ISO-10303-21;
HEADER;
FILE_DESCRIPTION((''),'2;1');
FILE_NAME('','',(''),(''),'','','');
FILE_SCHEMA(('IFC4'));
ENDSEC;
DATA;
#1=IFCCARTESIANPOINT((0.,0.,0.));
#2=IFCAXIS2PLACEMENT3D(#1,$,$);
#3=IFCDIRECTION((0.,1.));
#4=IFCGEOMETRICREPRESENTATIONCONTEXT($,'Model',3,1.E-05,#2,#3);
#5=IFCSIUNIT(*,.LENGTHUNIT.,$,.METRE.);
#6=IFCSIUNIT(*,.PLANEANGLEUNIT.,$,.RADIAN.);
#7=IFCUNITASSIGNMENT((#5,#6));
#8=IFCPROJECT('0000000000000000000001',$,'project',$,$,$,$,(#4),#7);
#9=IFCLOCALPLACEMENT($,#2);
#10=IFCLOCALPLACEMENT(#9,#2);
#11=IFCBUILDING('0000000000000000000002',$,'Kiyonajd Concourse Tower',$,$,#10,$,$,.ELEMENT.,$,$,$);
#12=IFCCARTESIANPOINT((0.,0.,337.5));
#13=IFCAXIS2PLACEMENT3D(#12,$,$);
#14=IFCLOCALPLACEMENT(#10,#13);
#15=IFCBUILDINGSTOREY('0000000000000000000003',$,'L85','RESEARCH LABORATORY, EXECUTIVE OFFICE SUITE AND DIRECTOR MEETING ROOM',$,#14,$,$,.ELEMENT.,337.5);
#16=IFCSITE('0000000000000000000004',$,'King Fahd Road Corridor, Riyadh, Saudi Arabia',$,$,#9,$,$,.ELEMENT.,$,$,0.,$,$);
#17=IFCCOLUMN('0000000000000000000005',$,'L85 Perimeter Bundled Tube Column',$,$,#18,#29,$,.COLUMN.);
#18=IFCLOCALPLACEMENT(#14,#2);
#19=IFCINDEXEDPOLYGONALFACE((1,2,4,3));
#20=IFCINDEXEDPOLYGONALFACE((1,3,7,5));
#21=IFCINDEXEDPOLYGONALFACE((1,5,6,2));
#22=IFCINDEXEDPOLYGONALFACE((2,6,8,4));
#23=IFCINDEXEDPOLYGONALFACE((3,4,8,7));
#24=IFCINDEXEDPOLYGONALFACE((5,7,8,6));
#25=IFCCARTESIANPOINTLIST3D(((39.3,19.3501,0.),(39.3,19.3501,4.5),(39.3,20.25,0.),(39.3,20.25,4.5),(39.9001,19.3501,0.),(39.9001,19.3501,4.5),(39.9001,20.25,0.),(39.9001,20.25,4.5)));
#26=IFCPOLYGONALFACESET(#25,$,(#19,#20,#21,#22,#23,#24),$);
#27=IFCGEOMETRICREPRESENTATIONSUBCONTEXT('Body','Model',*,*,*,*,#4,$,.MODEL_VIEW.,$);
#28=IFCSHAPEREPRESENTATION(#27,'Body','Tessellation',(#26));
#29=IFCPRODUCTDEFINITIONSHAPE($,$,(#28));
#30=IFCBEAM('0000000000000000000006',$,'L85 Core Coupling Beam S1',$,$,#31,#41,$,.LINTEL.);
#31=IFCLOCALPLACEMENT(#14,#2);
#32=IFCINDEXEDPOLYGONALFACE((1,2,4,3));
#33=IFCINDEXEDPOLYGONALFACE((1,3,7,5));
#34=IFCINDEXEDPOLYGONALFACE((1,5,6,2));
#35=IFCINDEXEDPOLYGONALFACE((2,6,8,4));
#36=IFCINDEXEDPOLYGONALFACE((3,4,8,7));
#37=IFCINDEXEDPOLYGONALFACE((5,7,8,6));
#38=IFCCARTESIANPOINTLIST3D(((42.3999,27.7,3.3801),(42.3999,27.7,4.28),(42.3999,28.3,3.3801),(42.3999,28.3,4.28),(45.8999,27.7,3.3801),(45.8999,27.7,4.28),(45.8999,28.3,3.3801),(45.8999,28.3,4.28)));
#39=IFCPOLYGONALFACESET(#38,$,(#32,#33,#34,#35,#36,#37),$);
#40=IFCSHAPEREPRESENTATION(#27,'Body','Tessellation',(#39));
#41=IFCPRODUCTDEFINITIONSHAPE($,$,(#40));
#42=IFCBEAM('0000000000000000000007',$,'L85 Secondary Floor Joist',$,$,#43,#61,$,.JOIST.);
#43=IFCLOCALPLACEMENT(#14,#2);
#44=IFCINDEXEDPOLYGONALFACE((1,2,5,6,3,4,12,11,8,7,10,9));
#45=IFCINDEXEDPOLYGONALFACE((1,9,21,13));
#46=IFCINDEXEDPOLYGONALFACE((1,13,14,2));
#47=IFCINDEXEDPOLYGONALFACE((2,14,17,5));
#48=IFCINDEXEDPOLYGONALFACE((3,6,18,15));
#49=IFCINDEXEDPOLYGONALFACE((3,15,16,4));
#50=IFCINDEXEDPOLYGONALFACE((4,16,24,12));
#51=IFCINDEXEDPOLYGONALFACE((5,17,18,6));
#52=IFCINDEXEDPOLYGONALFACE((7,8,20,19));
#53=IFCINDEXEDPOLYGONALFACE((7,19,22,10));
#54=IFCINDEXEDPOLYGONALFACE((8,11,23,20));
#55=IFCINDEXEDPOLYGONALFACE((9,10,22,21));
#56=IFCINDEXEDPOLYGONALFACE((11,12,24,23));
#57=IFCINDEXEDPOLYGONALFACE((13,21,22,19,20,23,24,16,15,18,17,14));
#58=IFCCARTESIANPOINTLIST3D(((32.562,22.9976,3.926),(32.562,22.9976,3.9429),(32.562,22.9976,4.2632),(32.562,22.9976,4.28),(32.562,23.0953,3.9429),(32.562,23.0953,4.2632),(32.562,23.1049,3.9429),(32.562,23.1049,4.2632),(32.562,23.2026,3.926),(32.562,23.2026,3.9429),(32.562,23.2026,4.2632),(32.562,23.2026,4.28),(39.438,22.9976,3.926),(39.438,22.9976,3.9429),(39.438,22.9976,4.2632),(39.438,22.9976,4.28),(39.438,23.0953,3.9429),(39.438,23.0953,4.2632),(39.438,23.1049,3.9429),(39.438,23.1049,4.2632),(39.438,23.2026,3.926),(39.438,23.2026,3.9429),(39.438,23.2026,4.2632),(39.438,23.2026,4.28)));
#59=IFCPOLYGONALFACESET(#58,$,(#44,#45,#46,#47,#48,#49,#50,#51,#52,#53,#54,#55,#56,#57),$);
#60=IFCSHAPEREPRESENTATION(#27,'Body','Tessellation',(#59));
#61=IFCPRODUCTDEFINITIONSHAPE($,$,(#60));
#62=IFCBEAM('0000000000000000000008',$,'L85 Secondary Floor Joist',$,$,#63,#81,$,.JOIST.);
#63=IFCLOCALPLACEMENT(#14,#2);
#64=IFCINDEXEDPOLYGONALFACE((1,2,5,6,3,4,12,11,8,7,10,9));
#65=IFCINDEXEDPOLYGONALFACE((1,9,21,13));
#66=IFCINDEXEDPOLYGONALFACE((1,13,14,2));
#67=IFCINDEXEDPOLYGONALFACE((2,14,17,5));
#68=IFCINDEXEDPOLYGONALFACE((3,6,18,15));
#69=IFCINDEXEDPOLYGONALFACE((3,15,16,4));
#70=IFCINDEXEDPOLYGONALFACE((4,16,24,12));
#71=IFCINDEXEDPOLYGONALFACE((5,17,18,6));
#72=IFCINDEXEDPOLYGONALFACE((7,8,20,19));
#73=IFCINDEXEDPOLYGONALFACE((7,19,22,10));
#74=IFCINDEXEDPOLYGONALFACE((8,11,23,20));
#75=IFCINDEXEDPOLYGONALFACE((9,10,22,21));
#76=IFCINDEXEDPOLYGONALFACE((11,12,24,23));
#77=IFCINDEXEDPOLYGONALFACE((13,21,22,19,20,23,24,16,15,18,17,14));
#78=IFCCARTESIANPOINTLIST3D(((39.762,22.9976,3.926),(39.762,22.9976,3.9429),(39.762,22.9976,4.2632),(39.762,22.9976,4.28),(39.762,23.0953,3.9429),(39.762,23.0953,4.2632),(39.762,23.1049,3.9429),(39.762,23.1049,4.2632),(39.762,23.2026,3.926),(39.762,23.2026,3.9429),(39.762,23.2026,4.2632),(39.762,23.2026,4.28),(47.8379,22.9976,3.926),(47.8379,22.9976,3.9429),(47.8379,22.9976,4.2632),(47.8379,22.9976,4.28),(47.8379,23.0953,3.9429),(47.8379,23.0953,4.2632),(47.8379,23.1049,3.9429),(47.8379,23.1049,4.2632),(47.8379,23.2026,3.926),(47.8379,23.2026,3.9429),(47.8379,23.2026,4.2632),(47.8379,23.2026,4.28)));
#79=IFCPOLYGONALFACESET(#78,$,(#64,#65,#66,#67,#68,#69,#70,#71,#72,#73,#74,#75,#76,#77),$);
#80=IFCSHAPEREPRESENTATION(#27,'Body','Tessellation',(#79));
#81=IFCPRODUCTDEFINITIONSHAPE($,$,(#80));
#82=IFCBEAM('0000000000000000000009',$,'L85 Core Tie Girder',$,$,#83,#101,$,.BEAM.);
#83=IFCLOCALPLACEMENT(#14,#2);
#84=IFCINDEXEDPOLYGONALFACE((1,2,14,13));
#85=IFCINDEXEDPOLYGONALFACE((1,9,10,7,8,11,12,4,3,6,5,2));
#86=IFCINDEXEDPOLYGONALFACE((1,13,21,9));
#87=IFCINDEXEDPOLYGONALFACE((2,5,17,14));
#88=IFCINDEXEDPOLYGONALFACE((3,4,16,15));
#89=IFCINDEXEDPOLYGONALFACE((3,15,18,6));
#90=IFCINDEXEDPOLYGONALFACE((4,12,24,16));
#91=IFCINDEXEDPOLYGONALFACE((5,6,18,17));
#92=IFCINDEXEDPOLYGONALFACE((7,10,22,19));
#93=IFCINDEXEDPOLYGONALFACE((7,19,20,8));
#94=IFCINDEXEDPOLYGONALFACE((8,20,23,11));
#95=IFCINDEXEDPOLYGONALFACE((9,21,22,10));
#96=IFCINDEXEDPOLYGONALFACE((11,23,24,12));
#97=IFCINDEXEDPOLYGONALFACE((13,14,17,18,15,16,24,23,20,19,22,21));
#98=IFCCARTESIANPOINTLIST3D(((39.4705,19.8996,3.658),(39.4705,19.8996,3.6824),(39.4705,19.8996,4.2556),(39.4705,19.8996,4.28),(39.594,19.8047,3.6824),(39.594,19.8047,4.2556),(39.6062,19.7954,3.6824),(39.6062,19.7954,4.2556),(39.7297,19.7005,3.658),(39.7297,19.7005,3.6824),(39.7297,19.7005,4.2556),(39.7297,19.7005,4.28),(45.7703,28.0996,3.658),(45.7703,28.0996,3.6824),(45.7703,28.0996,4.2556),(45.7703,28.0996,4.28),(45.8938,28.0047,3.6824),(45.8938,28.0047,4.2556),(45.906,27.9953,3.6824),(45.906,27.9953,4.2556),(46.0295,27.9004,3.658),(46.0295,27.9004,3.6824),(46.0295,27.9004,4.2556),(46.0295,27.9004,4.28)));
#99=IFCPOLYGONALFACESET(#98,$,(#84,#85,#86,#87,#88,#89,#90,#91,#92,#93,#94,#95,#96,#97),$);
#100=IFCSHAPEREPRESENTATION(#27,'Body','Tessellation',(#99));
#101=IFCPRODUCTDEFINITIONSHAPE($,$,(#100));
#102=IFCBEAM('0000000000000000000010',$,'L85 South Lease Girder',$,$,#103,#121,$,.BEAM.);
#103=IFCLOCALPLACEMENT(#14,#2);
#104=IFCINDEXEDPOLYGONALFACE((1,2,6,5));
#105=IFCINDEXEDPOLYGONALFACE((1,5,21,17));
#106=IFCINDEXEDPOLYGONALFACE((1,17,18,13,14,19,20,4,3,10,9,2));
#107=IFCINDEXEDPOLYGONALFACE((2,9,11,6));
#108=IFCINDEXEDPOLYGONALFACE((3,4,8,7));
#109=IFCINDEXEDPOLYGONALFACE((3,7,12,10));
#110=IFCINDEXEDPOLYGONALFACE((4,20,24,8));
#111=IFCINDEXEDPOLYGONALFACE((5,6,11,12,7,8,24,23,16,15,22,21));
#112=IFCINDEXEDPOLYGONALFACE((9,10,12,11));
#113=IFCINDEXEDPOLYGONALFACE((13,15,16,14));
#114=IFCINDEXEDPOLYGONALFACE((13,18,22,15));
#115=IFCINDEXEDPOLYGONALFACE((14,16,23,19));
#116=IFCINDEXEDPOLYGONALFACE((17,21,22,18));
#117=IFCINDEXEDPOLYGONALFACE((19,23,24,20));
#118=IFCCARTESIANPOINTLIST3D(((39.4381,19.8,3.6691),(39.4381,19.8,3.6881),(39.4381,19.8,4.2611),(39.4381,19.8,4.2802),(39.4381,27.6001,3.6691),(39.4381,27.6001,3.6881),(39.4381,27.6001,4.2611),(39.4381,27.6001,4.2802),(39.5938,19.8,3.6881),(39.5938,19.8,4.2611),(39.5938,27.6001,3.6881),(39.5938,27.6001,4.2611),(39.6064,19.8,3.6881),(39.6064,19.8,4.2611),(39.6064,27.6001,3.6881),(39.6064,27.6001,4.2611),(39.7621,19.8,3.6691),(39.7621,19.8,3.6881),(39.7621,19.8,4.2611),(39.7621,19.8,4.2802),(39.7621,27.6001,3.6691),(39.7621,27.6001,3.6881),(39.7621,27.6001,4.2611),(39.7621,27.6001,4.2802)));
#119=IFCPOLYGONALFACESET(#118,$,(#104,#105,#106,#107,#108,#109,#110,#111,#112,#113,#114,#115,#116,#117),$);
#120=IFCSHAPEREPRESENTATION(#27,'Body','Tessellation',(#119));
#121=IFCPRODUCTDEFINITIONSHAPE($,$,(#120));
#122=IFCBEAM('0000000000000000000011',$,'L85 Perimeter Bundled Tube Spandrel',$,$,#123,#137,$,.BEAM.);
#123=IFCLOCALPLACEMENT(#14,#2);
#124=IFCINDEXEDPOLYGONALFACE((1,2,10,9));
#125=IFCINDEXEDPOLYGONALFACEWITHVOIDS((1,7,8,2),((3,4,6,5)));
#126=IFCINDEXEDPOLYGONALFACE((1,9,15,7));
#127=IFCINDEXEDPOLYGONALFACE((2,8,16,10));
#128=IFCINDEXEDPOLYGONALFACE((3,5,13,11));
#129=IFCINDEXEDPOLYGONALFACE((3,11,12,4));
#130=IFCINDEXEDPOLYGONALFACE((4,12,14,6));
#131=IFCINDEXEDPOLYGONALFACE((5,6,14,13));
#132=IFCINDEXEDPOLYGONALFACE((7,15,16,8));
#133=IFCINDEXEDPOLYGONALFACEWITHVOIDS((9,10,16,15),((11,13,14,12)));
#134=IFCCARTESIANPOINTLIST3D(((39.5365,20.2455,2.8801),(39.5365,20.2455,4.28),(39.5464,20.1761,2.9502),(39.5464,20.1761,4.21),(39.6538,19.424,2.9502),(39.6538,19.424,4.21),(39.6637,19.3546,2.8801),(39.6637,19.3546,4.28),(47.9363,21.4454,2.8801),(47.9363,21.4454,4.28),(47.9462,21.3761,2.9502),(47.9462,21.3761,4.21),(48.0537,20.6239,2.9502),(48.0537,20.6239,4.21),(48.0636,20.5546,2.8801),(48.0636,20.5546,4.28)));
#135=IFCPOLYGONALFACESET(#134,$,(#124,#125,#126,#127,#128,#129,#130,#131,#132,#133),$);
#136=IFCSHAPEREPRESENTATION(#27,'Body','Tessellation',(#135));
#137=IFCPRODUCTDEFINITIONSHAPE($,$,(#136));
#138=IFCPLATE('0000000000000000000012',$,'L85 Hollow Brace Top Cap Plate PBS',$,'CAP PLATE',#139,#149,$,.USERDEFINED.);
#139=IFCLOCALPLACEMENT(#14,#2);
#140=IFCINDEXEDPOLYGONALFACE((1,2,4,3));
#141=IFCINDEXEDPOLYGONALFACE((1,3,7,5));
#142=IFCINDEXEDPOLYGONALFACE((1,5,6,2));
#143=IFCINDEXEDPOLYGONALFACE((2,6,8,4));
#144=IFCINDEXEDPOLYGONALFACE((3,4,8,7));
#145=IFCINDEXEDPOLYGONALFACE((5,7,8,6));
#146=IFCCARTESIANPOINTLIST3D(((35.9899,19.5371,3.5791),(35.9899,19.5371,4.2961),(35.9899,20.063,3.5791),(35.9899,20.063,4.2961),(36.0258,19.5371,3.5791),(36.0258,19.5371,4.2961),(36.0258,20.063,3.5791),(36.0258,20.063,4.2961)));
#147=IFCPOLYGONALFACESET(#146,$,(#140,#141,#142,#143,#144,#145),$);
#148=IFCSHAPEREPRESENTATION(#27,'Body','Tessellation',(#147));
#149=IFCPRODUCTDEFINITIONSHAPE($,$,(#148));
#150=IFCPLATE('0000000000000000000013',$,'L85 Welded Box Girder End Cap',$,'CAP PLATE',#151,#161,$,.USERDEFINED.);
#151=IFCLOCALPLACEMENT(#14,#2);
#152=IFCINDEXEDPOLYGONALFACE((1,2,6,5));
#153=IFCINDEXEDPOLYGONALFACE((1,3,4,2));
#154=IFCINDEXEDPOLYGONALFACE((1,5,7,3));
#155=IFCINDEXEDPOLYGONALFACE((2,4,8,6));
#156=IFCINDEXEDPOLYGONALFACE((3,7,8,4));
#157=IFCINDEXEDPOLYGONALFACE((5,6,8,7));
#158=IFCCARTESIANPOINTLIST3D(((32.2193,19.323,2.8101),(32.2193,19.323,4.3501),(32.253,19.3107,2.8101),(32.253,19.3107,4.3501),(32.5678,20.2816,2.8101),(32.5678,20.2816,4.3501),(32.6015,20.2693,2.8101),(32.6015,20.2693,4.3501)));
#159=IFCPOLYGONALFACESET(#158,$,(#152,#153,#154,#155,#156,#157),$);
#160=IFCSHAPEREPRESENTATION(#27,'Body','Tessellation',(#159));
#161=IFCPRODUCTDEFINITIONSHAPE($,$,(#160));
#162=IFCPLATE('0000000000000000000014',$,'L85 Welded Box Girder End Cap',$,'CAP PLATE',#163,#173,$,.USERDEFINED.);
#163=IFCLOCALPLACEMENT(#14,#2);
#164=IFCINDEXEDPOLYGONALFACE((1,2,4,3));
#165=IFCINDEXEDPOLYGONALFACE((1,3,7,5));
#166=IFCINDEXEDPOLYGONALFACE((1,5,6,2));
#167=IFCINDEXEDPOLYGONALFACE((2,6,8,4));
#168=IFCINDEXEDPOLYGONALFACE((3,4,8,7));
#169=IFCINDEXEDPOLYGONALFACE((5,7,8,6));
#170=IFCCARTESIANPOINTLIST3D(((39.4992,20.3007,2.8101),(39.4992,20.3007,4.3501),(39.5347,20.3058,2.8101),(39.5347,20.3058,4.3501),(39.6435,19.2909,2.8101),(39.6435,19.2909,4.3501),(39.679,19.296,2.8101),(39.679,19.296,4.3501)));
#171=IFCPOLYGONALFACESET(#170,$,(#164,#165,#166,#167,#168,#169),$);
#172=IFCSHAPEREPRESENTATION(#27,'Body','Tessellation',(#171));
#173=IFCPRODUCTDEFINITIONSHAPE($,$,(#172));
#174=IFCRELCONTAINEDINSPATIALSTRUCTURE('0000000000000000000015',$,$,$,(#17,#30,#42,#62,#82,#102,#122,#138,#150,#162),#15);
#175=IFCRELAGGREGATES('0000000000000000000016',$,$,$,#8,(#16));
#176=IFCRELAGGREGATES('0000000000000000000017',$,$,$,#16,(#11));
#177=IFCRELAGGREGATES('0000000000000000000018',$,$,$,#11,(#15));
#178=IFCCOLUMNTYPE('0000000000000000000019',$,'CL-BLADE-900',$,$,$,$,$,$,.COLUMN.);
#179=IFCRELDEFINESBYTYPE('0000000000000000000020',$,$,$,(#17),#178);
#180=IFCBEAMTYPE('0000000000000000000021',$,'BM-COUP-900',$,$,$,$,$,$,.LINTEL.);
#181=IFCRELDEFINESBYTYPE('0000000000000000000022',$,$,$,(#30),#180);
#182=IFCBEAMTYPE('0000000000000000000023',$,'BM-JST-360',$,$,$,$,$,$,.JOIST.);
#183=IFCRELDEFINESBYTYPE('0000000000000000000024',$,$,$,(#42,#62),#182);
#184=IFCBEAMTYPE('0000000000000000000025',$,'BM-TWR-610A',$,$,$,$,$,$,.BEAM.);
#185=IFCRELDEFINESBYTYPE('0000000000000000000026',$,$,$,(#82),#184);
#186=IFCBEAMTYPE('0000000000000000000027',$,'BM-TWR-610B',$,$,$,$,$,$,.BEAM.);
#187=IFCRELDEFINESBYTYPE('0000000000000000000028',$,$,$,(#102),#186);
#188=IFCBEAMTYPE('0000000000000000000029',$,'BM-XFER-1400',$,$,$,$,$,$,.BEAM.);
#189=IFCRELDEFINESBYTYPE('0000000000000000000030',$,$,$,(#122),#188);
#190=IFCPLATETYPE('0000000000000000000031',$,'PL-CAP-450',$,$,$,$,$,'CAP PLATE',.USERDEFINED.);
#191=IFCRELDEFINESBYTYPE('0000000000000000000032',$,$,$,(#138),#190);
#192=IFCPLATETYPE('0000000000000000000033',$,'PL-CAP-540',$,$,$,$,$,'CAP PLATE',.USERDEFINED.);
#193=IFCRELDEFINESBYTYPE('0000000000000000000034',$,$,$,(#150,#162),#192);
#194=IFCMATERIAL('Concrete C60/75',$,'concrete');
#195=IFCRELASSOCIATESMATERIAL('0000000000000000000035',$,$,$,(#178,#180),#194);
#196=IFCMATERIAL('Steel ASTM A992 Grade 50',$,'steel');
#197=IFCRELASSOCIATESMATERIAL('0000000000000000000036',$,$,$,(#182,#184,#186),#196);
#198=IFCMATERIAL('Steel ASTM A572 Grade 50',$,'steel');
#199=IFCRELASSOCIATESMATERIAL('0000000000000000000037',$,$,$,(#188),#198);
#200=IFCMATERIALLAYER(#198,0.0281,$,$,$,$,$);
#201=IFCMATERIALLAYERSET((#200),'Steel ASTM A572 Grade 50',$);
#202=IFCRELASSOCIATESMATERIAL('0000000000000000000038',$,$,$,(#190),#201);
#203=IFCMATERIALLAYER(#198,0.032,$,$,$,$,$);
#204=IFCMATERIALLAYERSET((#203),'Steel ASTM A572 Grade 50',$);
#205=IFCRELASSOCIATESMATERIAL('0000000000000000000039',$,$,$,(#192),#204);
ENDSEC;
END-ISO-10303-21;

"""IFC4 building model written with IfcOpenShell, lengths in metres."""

from ifc_helpers import new_model, si_unit, direction, frame, origin, origin_2d, place, context, subcontext, project, spatial, rectangle, hollow_rectangle, i_section, extrude, material, layer, layer_set, material_profile, profile_set, type_object, element, save


model = new_model("IFC4")

# Units and contexts
model_context = context("Model", 3, precision=1e-05, world=origin(), true_north=direction((0.0, 1.0)))
body_context = subcontext(model_context, "Body", "Model", "MODEL_VIEW")
ifc_project = project(units=[si_unit("LENGTHUNIT", "METRE"), si_unit("PLANEANGLEUNIT", "RADIAN")], contexts=[model_context])

# Site, building, storey
site_placement = place(None, origin())
site = spatial("IfcSite", under=ifc_project, at=site_placement, Name="King Fahd Road Corridor, Riyadh, Saudi Arabia", CompositionType="ELEMENT", RefElevation=0.0)
building_placement = place(site_placement, origin())
building = spatial("IfcBuilding", under=site, at=building_placement, Name="Kiyonajd Concourse Tower", CompositionType="ELEMENT")
storey_placement = place(building_placement, frame((0.0, 0.0, 337.5)))
storey = spatial("IfcBuildingStorey", under=building, at=storey_placement, Name="L85", Description="RESEARCH LABORATORY, EXECUTIVE OFFICE SUITE AND DIRECTOR MEETING ROOM", CompositionType="ELEMENT", Elevation=337.5)

# Column
ifc_material_1 = material(Name="Concrete C60/75", Category="concrete")
ifc_material_profile_1 = material_profile(ifc_material_1, rectangle(XDim=0.6001, YDim=0.8999, at=origin_2d()), Name="RC-900x600")
ifc_profile_set_1 = profile_set([ifc_material_profile_1], Name="Concrete C60/75")
column_type = type_object("IfcColumnType", Name="CL-BLADE-900", PredefinedType="COLUMN", material=ifc_profile_set_1)
column_placement = place(storey_placement, frame((39.6001, 19.8, 0.0), z_axis=(0.0, 0.0, 1.0), x_axis=(1.0, 0.0, 0.0)))
element("IfcColumn", 1, at=column_placement, inside=storey, type_object=column_type, Name="L85 Perimeter Bundled Tube Column", PredefinedType="COLUMN", context=body_context, shape_type="SweptSolid", body=[
    extrude(rectangle(XDim=0.6001, YDim=0.8999, at=origin_2d()), origin(), (0.0, 0.0, 1.0), 4.5),
])

# Beams
ifc_material_profile_2 = material_profile(ifc_material_1, rectangle(XDim=0.6001, YDim=0.8999, at=origin_2d()), Name="RCBM-600x900")
ifc_profile_set_2 = profile_set([ifc_material_profile_2], Name="Concrete C60/75")
beam_type_1 = type_object("IfcBeamType", Name="BM-COUP-900", PredefinedType="LINTEL", material=ifc_profile_set_2)
beam_1_placement = place(storey_placement, frame((42.3999, 28.0, 3.8301), z_axis=(1.0, 0.0, 0.0), x_axis=(0.0, 1.0, 0.0)))
element("IfcBeam", 2, at=beam_1_placement, inside=storey, type_object=beam_type_1, Name="L85 Core Coupling Beam S1", PredefinedType="LINTEL", context=body_context, shape_type="SweptSolid", body=[
    extrude(rectangle(XDim=0.6001, YDim=0.8999, at=origin_2d()), origin(), (0.0, 0.0, 1.0), 3.5),
])
ifc_material_2 = material(Name="Steel ASTM A992 Grade 50", Category="steel")
ifc_material_profile_3 = material_profile(ifc_material_2, i_section(OverallWidth=0.2051, OverallDepth=0.354, WebThickness=0.0095, FlangeThickness=0.0168, at=origin_2d()), Name="W360X79")
ifc_profile_set_3 = profile_set([ifc_material_profile_3], Name="Steel ASTM A992 Grade 50")
beam_type_2 = type_object("IfcBeamType", Name="BM-JST-360", PredefinedType="JOIST", material=ifc_profile_set_3)
beam_2_placement = place(storey_placement, frame((32.562, 23.1001, 4.103), z_axis=(1.0, 0.0, 0.0), x_axis=(0.0, 1.0, 0.0)))
element("IfcBeam", 3, at=beam_2_placement, inside=storey, type_object=beam_type_2, Name="L85 Secondary Floor Joist", PredefinedType="JOIST", context=body_context, shape_type="SweptSolid", body=[
    extrude(i_section(OverallWidth=0.2051, OverallDepth=0.354, WebThickness=0.0095, FlangeThickness=0.0168, at=origin_2d()), origin(), (0.0, 0.0, 1.0), 6.876),
])
beam_3_placement = place(storey_placement, frame((39.762, 23.1001, 4.103), z_axis=(1.0, 0.0, 0.0), x_axis=(0.0, 1.0, 0.0)))
element("IfcBeam", 4, at=beam_3_placement, inside=storey, type_object=beam_type_2, Name="L85 Secondary Floor Joist", PredefinedType="JOIST", context=body_context, shape_type="SweptSolid", body=[
    extrude(i_section(OverallWidth=0.2051, OverallDepth=0.354, WebThickness=0.0095, FlangeThickness=0.0168, at=origin_2d()), origin(), (0.0, 0.0, 1.0), 8.0759),
])
ifc_material_profile_4 = material_profile(ifc_material_2, i_section(OverallWidth=0.3269, OverallDepth=0.6221, WebThickness=0.0154, FlangeThickness=0.0244, at=origin_2d()), Name="W610X195")
ifc_profile_set_4 = profile_set([ifc_material_profile_4], Name="Steel ASTM A992 Grade 50")
beam_type_3 = type_object("IfcBeamType", Name="BM-TWR-610A", PredefinedType="BEAM", material=ifc_profile_set_4)
beam_4_placement = place(storey_placement, frame((39.6001, 19.8, 3.969), z_axis=(0.609234, 0.792991, 0.0), x_axis=(-0.792991, 0.609234, 0.0)))
element("IfcBeam", 5, at=beam_4_placement, inside=storey, type_object=beam_type_3, Name="L85 Core Tie Girder", PredefinedType="BEAM", context=body_context, shape_type="SweptSolid", body=[
    extrude(i_section(OverallWidth=0.3269, OverallDepth=0.6221, WebThickness=0.0154, FlangeThickness=0.0244, at=origin_2d()), origin(), (0.0, 0.0, 1.0), 10.3406),
])
ifc_material_profile_5 = material_profile(ifc_material_2, i_section(OverallWidth=0.324, OverallDepth=0.6111, WebThickness=0.0127, FlangeThickness=0.019, at=origin_2d()), Name="W610X155")
ifc_profile_set_5 = profile_set([ifc_material_profile_5], Name="Steel ASTM A992 Grade 50")
beam_type_4 = type_object("IfcBeamType", Name="BM-TWR-610B", PredefinedType="BEAM", material=ifc_profile_set_5)
beam_5_placement = place(storey_placement, frame((39.6001, 19.8, 3.9746), z_axis=(0.0, 1.0, 0.0), x_axis=(-1.0, 0.0, 0.0)))
element("IfcBeam", 6, at=beam_5_placement, inside=storey, type_object=beam_type_4, Name="L85 South Lease Girder", PredefinedType="BEAM", context=body_context, shape_type="SweptSolid", body=[
    extrude(i_section(OverallWidth=0.324, OverallDepth=0.6111, WebThickness=0.0127, FlangeThickness=0.019, at=origin_2d()), origin(), (0.0, 0.0, 1.0), 7.8),
])
ifc_material_3 = material(Name="Steel ASTM A572 Grade 50", Category="steel")
ifc_material_profile_6 = material_profile(ifc_material_3, hollow_rectangle(XDim=0.8999, YDim=1.3999, WallThickness=0.0701, at=origin_2d()), Name="BOX-1400x900x70")
ifc_profile_set_6 = profile_set([ifc_material_profile_6], Name="Steel ASTM A572 Grade 50")
beam_type_5 = type_object("IfcBeamType", Name="BM-XFER-1400", PredefinedType="BEAM", material=ifc_profile_set_6)
beam_6_placement = place(storey_placement, frame((39.6001, 19.8, 3.5801), z_axis=(0.98995, 0.141417, 0.0), x_axis=(-0.141417, 0.98995, 0.0)))
element("IfcBeam", 7, at=beam_6_placement, inside=storey, type_object=beam_type_5, Name="L85 Perimeter Bundled Tube Spandrel", PredefinedType="BEAM", context=body_context, shape_type="SweptSolid", body=[
    extrude(hollow_rectangle(XDim=0.8999, YDim=1.3999, WallThickness=0.0701, at=origin_2d()), origin(), (0.0, 0.0, 1.0), 8.4851),
])

# Plates
ifc_layer_1 = layer(ifc_material_3, 0.0281)
ifc_layer_set_1 = layer_set([ifc_layer_1], Name="Steel ASTM A572 Grade 50")
plate_type_1 = type_object("IfcPlateType", Name="PL-CAP-450", ElementType="CAP PLATE", PredefinedType="USERDEFINED", material=ifc_layer_set_1)
plate_1_placement = place(storey_placement, frame((36.0078, 19.8, 3.5791), z_axis=(0.0, 0.0, 1.0), x_axis=(1.0, 0.0, 0.0)))
element("IfcPlate", 8, at=plate_1_placement, inside=storey, type_object=plate_type_1, Name="L85 Hollow Brace Top Cap Plate PBS", ObjectType="CAP PLATE", PredefinedType="USERDEFINED", context=body_context, shape_type="SweptSolid", body=[
    extrude(rectangle(XDim=0.0359, YDim=0.5259, at=origin_2d()), origin(), (0.0, 0.0, 1.0), 0.717),
])
ifc_layer_2 = layer(ifc_material_3, 0.032)
ifc_layer_set_2 = layer_set([ifc_layer_2], Name="Steel ASTM A572 Grade 50")
plate_type_2 = type_object("IfcPlateType", Name="PL-CAP-540", ElementType="CAP PLATE", PredefinedType="USERDEFINED", material=ifc_layer_set_2)
for number, where, z_axis, x_axis, name in (
    (9, (32.4104, 19.7961, 2.8101), (0.0, 0.0, 1.0), (0.939812, -0.341692, 0.0), "L85 Welded Box Girder End Cap"),
    (10, (39.5891, 19.7983, 2.8101), (0.0, 0.0, 1.0), (-0.98995, -0.14142, 0.0), "L85 Welded Box Girder End Cap"),
):
    element("IfcPlate", number, at=place(storey_placement, frame(where, z_axis=z_axis, x_axis=x_axis)), inside=storey, type_object=plate_type_2, Name=name, ObjectType="CAP PLATE", PredefinedType="USERDEFINED", context=body_context, shape_type="SweptSolid", body=[
        extrude(rectangle(XDim=0.0359, YDim=1.02, at=origin_2d()), origin(), (0.0, 0.0, 1.0), 1.54),
    ])

save(model, "model.ifc")
